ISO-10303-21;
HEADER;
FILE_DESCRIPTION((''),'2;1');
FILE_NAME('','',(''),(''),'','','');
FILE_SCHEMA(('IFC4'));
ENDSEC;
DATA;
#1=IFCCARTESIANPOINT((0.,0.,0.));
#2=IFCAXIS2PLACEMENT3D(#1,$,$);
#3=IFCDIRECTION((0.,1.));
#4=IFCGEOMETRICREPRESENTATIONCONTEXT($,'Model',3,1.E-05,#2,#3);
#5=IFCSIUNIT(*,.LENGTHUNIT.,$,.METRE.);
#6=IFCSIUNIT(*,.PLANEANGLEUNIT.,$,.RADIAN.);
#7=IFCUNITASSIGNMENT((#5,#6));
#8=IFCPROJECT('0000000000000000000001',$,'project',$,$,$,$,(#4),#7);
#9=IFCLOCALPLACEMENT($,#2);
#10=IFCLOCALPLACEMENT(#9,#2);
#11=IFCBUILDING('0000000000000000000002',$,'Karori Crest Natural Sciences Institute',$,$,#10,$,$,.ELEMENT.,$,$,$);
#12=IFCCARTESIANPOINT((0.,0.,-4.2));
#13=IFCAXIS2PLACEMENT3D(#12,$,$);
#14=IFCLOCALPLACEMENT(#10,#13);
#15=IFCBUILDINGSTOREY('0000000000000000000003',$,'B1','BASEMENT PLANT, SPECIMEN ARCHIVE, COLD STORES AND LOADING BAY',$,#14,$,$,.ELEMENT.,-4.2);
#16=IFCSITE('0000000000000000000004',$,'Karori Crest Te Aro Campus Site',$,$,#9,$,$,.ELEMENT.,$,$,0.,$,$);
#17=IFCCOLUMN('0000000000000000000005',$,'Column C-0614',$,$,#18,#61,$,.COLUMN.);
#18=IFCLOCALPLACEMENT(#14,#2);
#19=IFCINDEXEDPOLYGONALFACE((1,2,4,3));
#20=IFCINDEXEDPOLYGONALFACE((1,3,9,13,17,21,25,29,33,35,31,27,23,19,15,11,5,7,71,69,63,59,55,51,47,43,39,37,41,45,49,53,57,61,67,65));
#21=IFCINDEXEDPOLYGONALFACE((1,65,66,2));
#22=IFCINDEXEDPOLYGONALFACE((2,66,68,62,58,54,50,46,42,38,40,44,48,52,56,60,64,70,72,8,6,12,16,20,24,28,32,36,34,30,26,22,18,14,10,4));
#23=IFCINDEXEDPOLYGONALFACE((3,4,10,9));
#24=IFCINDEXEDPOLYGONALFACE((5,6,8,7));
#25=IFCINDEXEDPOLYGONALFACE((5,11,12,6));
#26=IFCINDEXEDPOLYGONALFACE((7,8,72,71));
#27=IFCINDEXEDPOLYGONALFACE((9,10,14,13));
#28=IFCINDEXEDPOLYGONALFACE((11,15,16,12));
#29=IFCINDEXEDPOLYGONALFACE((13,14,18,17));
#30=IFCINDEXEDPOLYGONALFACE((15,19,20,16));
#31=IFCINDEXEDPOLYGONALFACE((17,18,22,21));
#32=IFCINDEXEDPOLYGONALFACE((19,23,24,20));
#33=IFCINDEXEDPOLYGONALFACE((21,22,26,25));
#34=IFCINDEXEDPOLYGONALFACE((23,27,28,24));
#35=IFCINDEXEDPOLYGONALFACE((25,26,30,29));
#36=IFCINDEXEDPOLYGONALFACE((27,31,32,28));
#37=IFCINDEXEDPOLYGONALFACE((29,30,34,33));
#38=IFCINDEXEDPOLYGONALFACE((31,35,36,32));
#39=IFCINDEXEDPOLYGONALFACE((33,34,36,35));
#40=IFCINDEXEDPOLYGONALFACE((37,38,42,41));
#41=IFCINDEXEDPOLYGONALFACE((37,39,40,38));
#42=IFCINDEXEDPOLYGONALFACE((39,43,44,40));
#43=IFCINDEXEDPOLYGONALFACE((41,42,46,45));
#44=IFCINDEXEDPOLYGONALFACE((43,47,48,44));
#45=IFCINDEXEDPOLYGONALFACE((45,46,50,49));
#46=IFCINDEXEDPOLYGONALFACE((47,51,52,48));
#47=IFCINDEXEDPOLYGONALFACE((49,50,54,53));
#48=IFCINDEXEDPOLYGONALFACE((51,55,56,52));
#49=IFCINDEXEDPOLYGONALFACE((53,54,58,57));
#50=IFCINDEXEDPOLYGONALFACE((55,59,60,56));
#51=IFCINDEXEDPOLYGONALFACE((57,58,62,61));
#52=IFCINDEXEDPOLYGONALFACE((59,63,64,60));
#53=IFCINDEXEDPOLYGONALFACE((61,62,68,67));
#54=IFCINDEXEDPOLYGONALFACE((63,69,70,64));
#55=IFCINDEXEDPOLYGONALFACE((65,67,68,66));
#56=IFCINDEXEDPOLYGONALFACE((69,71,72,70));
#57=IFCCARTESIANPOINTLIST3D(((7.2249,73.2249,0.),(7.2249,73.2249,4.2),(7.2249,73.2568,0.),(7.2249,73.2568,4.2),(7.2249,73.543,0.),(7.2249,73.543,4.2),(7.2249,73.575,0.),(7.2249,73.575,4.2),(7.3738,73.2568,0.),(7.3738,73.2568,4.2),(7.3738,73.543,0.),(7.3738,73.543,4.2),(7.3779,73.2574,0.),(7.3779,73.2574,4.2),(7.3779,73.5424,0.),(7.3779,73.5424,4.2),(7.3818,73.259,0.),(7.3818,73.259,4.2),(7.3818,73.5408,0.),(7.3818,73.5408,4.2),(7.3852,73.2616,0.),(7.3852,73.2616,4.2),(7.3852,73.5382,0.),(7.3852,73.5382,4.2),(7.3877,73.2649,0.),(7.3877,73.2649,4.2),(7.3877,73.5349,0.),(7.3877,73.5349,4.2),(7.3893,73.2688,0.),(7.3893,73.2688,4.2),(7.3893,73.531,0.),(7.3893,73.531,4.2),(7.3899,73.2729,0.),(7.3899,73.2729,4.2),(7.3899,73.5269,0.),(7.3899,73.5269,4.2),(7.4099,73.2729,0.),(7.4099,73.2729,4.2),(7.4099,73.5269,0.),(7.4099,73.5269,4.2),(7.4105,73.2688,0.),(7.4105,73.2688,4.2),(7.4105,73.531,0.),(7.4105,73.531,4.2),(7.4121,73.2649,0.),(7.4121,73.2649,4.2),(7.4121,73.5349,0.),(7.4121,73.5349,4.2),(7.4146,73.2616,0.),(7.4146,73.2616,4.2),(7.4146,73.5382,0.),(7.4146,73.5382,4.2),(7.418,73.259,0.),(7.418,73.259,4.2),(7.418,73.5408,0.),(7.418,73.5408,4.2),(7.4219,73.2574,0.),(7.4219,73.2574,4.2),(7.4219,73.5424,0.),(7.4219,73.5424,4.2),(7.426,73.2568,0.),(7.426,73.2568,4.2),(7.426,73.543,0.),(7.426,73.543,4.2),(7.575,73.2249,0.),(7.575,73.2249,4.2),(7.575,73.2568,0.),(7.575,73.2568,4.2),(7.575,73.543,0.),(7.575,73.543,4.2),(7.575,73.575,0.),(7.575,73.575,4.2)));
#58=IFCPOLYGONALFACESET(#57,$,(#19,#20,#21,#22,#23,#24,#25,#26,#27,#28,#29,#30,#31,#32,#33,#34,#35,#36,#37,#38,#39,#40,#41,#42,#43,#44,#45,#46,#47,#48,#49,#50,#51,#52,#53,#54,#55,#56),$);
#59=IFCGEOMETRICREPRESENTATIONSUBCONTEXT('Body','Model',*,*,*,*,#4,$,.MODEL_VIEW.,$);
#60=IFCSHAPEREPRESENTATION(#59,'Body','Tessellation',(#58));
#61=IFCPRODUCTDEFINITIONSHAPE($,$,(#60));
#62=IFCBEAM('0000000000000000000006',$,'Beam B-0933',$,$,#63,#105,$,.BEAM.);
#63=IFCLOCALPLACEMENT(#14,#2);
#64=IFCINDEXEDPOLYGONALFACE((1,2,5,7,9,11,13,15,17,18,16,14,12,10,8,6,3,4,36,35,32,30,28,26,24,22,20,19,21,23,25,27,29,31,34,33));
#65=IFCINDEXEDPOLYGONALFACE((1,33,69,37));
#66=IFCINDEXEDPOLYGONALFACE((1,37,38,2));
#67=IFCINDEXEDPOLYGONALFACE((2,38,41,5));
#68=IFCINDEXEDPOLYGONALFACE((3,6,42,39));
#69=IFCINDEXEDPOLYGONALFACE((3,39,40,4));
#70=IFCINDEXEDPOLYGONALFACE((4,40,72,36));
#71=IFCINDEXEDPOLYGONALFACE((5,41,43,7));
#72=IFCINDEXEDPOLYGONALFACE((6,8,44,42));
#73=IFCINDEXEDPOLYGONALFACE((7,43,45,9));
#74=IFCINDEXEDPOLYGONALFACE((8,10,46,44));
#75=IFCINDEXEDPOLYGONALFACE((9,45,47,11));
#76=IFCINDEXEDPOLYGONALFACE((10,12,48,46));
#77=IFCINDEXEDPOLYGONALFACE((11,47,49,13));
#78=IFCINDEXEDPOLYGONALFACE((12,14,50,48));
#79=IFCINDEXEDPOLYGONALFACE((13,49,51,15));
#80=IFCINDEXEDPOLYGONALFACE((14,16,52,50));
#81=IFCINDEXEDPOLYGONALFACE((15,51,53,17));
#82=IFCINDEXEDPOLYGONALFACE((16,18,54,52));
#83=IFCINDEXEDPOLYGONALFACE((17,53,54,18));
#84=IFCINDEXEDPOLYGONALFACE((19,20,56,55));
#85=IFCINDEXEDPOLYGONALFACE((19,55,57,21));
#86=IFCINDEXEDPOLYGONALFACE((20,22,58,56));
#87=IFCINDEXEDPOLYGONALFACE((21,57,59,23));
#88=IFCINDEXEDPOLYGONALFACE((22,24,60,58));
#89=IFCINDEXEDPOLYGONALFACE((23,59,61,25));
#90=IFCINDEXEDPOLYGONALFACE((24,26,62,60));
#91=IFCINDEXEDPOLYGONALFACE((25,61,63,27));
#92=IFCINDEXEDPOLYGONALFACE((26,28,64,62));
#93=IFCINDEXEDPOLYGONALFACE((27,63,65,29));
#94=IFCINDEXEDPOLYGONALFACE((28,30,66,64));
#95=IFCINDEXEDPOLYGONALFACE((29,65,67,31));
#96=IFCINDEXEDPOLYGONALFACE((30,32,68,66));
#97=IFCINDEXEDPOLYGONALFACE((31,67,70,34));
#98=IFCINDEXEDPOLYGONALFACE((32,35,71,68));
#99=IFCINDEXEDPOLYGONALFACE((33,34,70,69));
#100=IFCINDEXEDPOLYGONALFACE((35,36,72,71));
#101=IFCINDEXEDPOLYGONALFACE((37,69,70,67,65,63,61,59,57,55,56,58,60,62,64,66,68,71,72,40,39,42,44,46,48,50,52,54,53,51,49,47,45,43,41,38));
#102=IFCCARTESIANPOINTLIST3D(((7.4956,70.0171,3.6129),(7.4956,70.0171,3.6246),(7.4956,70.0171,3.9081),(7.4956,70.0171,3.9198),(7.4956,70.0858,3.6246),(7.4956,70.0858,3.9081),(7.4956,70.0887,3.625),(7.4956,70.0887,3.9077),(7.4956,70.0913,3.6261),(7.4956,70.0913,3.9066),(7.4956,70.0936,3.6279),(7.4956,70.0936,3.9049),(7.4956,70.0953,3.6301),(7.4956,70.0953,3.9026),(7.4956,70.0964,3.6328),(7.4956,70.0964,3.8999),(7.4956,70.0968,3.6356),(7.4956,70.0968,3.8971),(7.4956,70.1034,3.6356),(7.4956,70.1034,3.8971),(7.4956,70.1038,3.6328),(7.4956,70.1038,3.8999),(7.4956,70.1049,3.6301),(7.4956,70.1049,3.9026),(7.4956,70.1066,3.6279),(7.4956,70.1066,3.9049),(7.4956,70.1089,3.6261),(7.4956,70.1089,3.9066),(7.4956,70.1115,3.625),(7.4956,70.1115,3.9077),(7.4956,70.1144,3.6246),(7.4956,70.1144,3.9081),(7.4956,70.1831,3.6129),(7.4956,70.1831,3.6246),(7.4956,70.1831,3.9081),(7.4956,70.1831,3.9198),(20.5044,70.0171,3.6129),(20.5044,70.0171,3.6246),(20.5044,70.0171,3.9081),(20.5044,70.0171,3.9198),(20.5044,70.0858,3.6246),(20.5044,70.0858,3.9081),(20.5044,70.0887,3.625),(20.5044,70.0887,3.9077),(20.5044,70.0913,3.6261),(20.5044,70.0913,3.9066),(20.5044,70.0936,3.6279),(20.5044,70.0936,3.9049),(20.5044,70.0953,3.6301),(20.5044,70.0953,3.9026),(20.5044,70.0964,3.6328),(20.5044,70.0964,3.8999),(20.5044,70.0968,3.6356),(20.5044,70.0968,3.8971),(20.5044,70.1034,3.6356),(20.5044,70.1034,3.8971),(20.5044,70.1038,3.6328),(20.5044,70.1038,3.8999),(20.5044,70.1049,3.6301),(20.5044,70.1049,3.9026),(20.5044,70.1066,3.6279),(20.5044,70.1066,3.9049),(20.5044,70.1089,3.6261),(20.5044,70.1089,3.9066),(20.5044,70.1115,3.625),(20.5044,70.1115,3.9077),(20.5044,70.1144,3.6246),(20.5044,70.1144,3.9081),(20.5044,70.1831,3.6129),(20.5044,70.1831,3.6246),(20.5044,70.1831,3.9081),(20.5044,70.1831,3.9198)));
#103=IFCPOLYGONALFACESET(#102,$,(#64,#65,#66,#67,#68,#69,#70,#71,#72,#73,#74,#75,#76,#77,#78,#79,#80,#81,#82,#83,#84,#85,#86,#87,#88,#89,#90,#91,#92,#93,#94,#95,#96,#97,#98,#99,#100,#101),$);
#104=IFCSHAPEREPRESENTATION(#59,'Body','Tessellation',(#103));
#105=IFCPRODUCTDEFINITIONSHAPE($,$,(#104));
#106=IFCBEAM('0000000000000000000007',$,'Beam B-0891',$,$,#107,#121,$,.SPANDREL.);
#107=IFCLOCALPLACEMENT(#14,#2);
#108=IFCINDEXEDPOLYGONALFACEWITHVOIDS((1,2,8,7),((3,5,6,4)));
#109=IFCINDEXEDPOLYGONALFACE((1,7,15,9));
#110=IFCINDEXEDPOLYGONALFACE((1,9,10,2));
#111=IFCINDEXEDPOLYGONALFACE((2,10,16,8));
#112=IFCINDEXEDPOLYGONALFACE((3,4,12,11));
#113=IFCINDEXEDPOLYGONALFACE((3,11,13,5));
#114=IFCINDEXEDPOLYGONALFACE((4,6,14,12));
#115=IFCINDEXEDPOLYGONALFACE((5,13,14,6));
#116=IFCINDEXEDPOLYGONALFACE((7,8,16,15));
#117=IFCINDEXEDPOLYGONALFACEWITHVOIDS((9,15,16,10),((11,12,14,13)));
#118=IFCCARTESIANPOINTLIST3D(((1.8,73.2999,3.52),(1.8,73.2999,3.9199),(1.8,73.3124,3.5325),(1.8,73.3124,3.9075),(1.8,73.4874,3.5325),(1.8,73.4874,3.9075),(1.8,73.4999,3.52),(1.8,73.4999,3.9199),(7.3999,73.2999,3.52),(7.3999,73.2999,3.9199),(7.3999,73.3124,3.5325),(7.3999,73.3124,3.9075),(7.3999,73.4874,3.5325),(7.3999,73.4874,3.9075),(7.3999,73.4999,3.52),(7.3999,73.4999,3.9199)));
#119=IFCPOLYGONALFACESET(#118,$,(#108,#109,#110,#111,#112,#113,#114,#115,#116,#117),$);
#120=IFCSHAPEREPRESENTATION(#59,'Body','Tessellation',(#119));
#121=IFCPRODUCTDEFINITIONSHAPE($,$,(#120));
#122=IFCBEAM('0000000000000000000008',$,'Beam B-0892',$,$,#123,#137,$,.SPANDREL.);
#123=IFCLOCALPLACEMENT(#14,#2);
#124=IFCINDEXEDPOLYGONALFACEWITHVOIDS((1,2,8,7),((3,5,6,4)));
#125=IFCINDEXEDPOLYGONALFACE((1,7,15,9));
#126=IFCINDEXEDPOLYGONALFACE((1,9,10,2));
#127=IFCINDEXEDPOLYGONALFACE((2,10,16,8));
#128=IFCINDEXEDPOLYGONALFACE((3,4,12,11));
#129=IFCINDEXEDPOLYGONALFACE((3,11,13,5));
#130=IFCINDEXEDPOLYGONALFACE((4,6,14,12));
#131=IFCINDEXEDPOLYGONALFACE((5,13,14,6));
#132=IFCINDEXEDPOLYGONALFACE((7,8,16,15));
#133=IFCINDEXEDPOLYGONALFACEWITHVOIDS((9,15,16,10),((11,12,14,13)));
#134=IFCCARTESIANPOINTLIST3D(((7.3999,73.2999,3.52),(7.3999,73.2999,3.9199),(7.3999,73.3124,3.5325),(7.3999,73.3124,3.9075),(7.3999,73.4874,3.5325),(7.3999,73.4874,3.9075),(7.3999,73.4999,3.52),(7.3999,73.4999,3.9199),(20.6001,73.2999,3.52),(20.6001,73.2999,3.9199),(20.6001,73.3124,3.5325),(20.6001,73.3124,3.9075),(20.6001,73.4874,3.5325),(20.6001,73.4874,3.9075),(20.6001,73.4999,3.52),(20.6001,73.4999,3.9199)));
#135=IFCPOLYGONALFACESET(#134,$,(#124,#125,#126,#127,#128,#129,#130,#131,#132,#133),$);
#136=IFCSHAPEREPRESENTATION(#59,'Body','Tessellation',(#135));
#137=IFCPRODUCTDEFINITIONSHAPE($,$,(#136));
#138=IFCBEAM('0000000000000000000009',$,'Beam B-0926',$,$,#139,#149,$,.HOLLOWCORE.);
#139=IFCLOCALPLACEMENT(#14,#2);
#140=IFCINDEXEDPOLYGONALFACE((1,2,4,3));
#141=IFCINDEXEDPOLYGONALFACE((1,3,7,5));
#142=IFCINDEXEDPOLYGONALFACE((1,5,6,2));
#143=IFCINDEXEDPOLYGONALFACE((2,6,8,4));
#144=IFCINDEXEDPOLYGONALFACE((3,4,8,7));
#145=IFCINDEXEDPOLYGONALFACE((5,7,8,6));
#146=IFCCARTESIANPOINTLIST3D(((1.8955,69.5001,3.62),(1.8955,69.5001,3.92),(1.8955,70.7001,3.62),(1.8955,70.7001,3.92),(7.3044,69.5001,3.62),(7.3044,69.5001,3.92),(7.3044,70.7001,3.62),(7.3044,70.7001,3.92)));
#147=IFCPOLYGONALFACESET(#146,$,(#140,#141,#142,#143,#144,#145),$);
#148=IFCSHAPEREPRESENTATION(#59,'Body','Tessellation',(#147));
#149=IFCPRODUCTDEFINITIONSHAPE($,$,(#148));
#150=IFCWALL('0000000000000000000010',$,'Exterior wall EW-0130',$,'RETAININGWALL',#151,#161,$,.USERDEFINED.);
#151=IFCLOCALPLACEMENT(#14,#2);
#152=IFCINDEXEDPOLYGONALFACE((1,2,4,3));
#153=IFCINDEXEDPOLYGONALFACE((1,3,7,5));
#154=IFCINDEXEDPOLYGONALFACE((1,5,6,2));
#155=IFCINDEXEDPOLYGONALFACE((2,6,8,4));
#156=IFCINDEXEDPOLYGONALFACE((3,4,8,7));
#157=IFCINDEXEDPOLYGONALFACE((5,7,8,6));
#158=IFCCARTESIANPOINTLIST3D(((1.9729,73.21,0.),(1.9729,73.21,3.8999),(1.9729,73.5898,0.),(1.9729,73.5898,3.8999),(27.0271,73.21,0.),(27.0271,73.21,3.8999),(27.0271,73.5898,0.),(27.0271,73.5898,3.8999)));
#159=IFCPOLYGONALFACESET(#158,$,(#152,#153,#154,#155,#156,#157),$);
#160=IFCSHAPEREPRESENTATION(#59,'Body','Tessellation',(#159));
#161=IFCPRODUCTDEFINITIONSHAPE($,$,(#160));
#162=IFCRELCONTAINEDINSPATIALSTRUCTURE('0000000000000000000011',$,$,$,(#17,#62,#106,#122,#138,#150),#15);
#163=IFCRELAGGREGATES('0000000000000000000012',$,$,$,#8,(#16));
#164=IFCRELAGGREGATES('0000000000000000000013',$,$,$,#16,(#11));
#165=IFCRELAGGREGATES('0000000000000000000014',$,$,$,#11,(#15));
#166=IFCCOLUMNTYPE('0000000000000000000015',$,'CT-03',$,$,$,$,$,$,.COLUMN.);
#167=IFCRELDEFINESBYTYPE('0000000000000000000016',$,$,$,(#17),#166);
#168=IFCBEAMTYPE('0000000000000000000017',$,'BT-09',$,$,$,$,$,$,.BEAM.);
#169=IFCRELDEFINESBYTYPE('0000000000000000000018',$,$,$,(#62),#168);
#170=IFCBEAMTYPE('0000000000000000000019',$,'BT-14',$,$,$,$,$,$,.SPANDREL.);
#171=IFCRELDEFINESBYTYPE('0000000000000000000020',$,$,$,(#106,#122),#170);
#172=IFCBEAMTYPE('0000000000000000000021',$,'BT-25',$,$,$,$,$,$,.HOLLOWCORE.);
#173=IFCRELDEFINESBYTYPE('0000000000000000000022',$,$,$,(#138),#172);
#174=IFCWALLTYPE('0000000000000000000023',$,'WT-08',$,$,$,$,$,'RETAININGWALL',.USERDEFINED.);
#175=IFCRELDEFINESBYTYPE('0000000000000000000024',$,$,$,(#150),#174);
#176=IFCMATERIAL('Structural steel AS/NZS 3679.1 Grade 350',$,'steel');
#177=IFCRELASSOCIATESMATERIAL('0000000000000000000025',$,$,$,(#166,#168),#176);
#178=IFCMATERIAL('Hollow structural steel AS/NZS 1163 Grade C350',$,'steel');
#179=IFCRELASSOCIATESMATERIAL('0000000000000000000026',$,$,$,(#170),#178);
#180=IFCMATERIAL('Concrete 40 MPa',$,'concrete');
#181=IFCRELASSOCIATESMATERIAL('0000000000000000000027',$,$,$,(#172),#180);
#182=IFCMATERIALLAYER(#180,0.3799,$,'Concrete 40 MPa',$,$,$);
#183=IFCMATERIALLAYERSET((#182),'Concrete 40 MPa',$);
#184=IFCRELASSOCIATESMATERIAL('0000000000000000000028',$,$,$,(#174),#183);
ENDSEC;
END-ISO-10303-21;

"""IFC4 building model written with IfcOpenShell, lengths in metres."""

from ifc_helpers import new_model, si_unit, direction, frame, frame_2d, origin, origin_2d, place, context, subcontext, project, spatial, rectangle, hollow_rectangle, i_section, extrude, material, layer, layer_set, material_profile, profile_set, type_object, element, save


model = new_model("IFC4")

# Units and contexts
model_context = context("Model", 3, precision=1e-05, world=origin(), true_north=direction((0.0, 1.0)))
body_context = subcontext(model_context, "Body", "Model", "MODEL_VIEW")
ifc_project = project(units=[si_unit("LENGTHUNIT", "METRE"), si_unit("PLANEANGLEUNIT", "RADIAN")], contexts=[model_context])

# Site, building, storey
site_placement = place(None, origin())
site = spatial("IfcSite", under=ifc_project, at=site_placement, Name="Karori Crest Te Aro Campus Site", CompositionType="ELEMENT", RefElevation=0.0)
building_placement = place(site_placement, origin())
building = spatial("IfcBuilding", under=site, at=building_placement, Name="Karori Crest Natural Sciences Institute", CompositionType="ELEMENT")
storey_placement = place(building_placement, frame((0.0, 0.0, -4.2)))
storey = spatial("IfcBuildingStorey", under=building, at=storey_placement, Name="B1", Description="BASEMENT PLANT, SPECIMEN ARCHIVE, COLD STORES AND LOADING BAY", CompositionType="ELEMENT", Elevation=-4.2)

# Shared definitions
ifc_material_1 = material(Name="Concrete 40 MPa", Category="concrete")

# Column
ifc_material_2 = material(Name="Structural steel AS/NZS 3679.1 Grade 350", Category="steel")
ifc_material_profile_1 = material_profile(ifc_material_2, i_section(OverallWidth=0.3501, OverallDepth=0.3501, WebThickness=0.02, FlangeThickness=0.032, FilletRadius=0.0161, at=origin_2d()), Name="350WC280")
ifc_profile_set_1 = profile_set([ifc_material_profile_1], Name="Structural steel AS/NZS 3679.1 Grade 350")
column_type = type_object("IfcColumnType", Name="CT-03", PredefinedType="COLUMN", material=ifc_profile_set_1)
for number, where, z_axis, x_axis, name in (
    (1, (7.3999, 73.3999, 0.0), (0.0, 0.0, 1.0), (1.0, 0.0, 0.0), "Column C-0614"),
):
    element("IfcColumn", number, at=place(storey_placement, frame(where, z_axis=z_axis, x_axis=x_axis)), inside=storey, type_object=column_type, Name=name, PredefinedType="COLUMN", context=body_context, shape_type="SweptSolid", body=[
        extrude(i_section(OverallWidth=0.3501, OverallDepth=0.3501, WebThickness=0.02, FlangeThickness=0.032, FilletRadius=0.0161, at=origin_2d()), origin(), (0.0, 0.0, 1.0), 4.2),
    ])

# Beams
ifc_material_profile_2 = material_profile(ifc_material_2, i_section(OverallWidth=0.166, OverallDepth=0.3069, WebThickness=0.0066, FlangeThickness=0.0117, FilletRadius=0.011, at=origin_2d()), Name="310UB46.2")
ifc_profile_set_2 = profile_set([ifc_material_profile_2], Name="Structural steel AS/NZS 3679.1 Grade 350")
beam_type_1 = type_object("IfcBeamType", Name="BT-09", PredefinedType="BEAM", material=ifc_profile_set_2)
beam_1_placement = place(storey_placement, frame((7.4956, 70.1001, 3.7664), z_axis=(1.0, 0.0, 0.0), x_axis=(0.0, 1.0, 0.0)))
element("IfcBeam", 2, at=beam_1_placement, inside=storey, type_object=beam_type_1, Name="Beam B-0933", PredefinedType="BEAM", context=body_context, shape_type="SweptSolid", body=[
    extrude(i_section(OverallWidth=0.166, OverallDepth=0.3069, WebThickness=0.0066, FlangeThickness=0.0117, FilletRadius=0.011, at=origin_2d()), origin(), (0.0, 0.0, 1.0), 13.0088),
])
ifc_material_3 = material(Name="Hollow structural steel AS/NZS 1163 Grade C350", Category="steel")
ifc_material_profile_3 = material_profile(ifc_material_3, hollow_rectangle(XDim=0.2, YDim=0.3999, WallThickness=0.0125, at=origin_2d()), Name="RHS400x200x12.5")
ifc_profile_set_3 = profile_set([ifc_material_profile_3], Name="Hollow structural steel AS/NZS 1163 Grade C350")
beam_type_2 = type_object("IfcBeamType", Name="BT-14", PredefinedType="SPANDREL", material=ifc_profile_set_3)
beam_2_placement = place(storey_placement, frame((1.8, 73.3999, 3.72), z_axis=(1.0, 0.0, 0.0), x_axis=(0.0, 1.0, 0.0)))
element("IfcBeam", 3, at=beam_2_placement, inside=storey, type_object=beam_type_2, Name="Beam B-0891", PredefinedType="SPANDREL", context=body_context, shape_type="SweptSolid", body=[
    extrude(hollow_rectangle(XDim=0.2, YDim=0.3999, WallThickness=0.0125, at=origin_2d()), origin(), (0.0, 0.0, 1.0), 5.5999),
])
beam_3_placement = place(storey_placement, frame((7.3999, 73.3999, 3.72), z_axis=(1.0, 0.0, 0.0), x_axis=(0.0, 1.0, 0.0)))
element("IfcBeam", 4, at=beam_3_placement, inside=storey, type_object=beam_type_2, Name="Beam B-0892", PredefinedType="SPANDREL", context=body_context, shape_type="SweptSolid", body=[
    extrude(hollow_rectangle(XDim=0.2, YDim=0.3999, WallThickness=0.0125, at=origin_2d()), origin(), (0.0, 0.0, 1.0), 13.2002),
])
ifc_material_profile_4 = material_profile(ifc_material_1, rectangle(XDim=1.2, YDim=0.3, at=origin_2d()), Name="HCP1200x300")
ifc_profile_set_4 = profile_set([ifc_material_profile_4], Name="Concrete 40 MPa")
beam_type_3 = type_object("IfcBeamType", Name="BT-25", PredefinedType="HOLLOWCORE", material=ifc_profile_set_4)
beam_4_placement = place(storey_placement, frame((1.8955, 70.1001, 3.77), z_axis=(1.0, 0.0, 0.0), x_axis=(0.0, 1.0, 0.0)))
element("IfcBeam", 5, at=beam_4_placement, inside=storey, type_object=beam_type_3, Name="Beam B-0926", PredefinedType="HOLLOWCORE", context=body_context, shape_type="SweptSolid", body=[
    extrude(rectangle(XDim=1.2, YDim=0.3, at=origin_2d()), origin(), (0.0, 0.0, 1.0), 5.4089),
])

# Wall
ifc_layer = layer(ifc_material_1, 0.3799, Name="Concrete 40 MPa")
ifc_layer_set = layer_set([ifc_layer], Name="Concrete 40 MPa")
wall_type = type_object("IfcWallType", Name="WT-08", ElementType="RETAININGWALL", PredefinedType="USERDEFINED", material=ifc_layer_set)
wall_placement = place(storey_placement, frame((1.9729, 73.3999, 0.0), z_axis=(0.0, 0.0, 1.0), x_axis=(1.0, 0.0, 0.0)))
element("IfcWall", 6, at=wall_placement, inside=storey, type_object=wall_type, Name="Exterior wall EW-0130", ObjectType="RETAININGWALL", PredefinedType="USERDEFINED", context=body_context, shape_type="SweptSolid", body=[
    extrude(rectangle(XDim=25.0542, YDim=0.3799, at=frame_2d((12.5271, 0.0))), origin(), (0.0, 0.0, 1.0), 3.8999),
])

save(model, "model.ifc")
